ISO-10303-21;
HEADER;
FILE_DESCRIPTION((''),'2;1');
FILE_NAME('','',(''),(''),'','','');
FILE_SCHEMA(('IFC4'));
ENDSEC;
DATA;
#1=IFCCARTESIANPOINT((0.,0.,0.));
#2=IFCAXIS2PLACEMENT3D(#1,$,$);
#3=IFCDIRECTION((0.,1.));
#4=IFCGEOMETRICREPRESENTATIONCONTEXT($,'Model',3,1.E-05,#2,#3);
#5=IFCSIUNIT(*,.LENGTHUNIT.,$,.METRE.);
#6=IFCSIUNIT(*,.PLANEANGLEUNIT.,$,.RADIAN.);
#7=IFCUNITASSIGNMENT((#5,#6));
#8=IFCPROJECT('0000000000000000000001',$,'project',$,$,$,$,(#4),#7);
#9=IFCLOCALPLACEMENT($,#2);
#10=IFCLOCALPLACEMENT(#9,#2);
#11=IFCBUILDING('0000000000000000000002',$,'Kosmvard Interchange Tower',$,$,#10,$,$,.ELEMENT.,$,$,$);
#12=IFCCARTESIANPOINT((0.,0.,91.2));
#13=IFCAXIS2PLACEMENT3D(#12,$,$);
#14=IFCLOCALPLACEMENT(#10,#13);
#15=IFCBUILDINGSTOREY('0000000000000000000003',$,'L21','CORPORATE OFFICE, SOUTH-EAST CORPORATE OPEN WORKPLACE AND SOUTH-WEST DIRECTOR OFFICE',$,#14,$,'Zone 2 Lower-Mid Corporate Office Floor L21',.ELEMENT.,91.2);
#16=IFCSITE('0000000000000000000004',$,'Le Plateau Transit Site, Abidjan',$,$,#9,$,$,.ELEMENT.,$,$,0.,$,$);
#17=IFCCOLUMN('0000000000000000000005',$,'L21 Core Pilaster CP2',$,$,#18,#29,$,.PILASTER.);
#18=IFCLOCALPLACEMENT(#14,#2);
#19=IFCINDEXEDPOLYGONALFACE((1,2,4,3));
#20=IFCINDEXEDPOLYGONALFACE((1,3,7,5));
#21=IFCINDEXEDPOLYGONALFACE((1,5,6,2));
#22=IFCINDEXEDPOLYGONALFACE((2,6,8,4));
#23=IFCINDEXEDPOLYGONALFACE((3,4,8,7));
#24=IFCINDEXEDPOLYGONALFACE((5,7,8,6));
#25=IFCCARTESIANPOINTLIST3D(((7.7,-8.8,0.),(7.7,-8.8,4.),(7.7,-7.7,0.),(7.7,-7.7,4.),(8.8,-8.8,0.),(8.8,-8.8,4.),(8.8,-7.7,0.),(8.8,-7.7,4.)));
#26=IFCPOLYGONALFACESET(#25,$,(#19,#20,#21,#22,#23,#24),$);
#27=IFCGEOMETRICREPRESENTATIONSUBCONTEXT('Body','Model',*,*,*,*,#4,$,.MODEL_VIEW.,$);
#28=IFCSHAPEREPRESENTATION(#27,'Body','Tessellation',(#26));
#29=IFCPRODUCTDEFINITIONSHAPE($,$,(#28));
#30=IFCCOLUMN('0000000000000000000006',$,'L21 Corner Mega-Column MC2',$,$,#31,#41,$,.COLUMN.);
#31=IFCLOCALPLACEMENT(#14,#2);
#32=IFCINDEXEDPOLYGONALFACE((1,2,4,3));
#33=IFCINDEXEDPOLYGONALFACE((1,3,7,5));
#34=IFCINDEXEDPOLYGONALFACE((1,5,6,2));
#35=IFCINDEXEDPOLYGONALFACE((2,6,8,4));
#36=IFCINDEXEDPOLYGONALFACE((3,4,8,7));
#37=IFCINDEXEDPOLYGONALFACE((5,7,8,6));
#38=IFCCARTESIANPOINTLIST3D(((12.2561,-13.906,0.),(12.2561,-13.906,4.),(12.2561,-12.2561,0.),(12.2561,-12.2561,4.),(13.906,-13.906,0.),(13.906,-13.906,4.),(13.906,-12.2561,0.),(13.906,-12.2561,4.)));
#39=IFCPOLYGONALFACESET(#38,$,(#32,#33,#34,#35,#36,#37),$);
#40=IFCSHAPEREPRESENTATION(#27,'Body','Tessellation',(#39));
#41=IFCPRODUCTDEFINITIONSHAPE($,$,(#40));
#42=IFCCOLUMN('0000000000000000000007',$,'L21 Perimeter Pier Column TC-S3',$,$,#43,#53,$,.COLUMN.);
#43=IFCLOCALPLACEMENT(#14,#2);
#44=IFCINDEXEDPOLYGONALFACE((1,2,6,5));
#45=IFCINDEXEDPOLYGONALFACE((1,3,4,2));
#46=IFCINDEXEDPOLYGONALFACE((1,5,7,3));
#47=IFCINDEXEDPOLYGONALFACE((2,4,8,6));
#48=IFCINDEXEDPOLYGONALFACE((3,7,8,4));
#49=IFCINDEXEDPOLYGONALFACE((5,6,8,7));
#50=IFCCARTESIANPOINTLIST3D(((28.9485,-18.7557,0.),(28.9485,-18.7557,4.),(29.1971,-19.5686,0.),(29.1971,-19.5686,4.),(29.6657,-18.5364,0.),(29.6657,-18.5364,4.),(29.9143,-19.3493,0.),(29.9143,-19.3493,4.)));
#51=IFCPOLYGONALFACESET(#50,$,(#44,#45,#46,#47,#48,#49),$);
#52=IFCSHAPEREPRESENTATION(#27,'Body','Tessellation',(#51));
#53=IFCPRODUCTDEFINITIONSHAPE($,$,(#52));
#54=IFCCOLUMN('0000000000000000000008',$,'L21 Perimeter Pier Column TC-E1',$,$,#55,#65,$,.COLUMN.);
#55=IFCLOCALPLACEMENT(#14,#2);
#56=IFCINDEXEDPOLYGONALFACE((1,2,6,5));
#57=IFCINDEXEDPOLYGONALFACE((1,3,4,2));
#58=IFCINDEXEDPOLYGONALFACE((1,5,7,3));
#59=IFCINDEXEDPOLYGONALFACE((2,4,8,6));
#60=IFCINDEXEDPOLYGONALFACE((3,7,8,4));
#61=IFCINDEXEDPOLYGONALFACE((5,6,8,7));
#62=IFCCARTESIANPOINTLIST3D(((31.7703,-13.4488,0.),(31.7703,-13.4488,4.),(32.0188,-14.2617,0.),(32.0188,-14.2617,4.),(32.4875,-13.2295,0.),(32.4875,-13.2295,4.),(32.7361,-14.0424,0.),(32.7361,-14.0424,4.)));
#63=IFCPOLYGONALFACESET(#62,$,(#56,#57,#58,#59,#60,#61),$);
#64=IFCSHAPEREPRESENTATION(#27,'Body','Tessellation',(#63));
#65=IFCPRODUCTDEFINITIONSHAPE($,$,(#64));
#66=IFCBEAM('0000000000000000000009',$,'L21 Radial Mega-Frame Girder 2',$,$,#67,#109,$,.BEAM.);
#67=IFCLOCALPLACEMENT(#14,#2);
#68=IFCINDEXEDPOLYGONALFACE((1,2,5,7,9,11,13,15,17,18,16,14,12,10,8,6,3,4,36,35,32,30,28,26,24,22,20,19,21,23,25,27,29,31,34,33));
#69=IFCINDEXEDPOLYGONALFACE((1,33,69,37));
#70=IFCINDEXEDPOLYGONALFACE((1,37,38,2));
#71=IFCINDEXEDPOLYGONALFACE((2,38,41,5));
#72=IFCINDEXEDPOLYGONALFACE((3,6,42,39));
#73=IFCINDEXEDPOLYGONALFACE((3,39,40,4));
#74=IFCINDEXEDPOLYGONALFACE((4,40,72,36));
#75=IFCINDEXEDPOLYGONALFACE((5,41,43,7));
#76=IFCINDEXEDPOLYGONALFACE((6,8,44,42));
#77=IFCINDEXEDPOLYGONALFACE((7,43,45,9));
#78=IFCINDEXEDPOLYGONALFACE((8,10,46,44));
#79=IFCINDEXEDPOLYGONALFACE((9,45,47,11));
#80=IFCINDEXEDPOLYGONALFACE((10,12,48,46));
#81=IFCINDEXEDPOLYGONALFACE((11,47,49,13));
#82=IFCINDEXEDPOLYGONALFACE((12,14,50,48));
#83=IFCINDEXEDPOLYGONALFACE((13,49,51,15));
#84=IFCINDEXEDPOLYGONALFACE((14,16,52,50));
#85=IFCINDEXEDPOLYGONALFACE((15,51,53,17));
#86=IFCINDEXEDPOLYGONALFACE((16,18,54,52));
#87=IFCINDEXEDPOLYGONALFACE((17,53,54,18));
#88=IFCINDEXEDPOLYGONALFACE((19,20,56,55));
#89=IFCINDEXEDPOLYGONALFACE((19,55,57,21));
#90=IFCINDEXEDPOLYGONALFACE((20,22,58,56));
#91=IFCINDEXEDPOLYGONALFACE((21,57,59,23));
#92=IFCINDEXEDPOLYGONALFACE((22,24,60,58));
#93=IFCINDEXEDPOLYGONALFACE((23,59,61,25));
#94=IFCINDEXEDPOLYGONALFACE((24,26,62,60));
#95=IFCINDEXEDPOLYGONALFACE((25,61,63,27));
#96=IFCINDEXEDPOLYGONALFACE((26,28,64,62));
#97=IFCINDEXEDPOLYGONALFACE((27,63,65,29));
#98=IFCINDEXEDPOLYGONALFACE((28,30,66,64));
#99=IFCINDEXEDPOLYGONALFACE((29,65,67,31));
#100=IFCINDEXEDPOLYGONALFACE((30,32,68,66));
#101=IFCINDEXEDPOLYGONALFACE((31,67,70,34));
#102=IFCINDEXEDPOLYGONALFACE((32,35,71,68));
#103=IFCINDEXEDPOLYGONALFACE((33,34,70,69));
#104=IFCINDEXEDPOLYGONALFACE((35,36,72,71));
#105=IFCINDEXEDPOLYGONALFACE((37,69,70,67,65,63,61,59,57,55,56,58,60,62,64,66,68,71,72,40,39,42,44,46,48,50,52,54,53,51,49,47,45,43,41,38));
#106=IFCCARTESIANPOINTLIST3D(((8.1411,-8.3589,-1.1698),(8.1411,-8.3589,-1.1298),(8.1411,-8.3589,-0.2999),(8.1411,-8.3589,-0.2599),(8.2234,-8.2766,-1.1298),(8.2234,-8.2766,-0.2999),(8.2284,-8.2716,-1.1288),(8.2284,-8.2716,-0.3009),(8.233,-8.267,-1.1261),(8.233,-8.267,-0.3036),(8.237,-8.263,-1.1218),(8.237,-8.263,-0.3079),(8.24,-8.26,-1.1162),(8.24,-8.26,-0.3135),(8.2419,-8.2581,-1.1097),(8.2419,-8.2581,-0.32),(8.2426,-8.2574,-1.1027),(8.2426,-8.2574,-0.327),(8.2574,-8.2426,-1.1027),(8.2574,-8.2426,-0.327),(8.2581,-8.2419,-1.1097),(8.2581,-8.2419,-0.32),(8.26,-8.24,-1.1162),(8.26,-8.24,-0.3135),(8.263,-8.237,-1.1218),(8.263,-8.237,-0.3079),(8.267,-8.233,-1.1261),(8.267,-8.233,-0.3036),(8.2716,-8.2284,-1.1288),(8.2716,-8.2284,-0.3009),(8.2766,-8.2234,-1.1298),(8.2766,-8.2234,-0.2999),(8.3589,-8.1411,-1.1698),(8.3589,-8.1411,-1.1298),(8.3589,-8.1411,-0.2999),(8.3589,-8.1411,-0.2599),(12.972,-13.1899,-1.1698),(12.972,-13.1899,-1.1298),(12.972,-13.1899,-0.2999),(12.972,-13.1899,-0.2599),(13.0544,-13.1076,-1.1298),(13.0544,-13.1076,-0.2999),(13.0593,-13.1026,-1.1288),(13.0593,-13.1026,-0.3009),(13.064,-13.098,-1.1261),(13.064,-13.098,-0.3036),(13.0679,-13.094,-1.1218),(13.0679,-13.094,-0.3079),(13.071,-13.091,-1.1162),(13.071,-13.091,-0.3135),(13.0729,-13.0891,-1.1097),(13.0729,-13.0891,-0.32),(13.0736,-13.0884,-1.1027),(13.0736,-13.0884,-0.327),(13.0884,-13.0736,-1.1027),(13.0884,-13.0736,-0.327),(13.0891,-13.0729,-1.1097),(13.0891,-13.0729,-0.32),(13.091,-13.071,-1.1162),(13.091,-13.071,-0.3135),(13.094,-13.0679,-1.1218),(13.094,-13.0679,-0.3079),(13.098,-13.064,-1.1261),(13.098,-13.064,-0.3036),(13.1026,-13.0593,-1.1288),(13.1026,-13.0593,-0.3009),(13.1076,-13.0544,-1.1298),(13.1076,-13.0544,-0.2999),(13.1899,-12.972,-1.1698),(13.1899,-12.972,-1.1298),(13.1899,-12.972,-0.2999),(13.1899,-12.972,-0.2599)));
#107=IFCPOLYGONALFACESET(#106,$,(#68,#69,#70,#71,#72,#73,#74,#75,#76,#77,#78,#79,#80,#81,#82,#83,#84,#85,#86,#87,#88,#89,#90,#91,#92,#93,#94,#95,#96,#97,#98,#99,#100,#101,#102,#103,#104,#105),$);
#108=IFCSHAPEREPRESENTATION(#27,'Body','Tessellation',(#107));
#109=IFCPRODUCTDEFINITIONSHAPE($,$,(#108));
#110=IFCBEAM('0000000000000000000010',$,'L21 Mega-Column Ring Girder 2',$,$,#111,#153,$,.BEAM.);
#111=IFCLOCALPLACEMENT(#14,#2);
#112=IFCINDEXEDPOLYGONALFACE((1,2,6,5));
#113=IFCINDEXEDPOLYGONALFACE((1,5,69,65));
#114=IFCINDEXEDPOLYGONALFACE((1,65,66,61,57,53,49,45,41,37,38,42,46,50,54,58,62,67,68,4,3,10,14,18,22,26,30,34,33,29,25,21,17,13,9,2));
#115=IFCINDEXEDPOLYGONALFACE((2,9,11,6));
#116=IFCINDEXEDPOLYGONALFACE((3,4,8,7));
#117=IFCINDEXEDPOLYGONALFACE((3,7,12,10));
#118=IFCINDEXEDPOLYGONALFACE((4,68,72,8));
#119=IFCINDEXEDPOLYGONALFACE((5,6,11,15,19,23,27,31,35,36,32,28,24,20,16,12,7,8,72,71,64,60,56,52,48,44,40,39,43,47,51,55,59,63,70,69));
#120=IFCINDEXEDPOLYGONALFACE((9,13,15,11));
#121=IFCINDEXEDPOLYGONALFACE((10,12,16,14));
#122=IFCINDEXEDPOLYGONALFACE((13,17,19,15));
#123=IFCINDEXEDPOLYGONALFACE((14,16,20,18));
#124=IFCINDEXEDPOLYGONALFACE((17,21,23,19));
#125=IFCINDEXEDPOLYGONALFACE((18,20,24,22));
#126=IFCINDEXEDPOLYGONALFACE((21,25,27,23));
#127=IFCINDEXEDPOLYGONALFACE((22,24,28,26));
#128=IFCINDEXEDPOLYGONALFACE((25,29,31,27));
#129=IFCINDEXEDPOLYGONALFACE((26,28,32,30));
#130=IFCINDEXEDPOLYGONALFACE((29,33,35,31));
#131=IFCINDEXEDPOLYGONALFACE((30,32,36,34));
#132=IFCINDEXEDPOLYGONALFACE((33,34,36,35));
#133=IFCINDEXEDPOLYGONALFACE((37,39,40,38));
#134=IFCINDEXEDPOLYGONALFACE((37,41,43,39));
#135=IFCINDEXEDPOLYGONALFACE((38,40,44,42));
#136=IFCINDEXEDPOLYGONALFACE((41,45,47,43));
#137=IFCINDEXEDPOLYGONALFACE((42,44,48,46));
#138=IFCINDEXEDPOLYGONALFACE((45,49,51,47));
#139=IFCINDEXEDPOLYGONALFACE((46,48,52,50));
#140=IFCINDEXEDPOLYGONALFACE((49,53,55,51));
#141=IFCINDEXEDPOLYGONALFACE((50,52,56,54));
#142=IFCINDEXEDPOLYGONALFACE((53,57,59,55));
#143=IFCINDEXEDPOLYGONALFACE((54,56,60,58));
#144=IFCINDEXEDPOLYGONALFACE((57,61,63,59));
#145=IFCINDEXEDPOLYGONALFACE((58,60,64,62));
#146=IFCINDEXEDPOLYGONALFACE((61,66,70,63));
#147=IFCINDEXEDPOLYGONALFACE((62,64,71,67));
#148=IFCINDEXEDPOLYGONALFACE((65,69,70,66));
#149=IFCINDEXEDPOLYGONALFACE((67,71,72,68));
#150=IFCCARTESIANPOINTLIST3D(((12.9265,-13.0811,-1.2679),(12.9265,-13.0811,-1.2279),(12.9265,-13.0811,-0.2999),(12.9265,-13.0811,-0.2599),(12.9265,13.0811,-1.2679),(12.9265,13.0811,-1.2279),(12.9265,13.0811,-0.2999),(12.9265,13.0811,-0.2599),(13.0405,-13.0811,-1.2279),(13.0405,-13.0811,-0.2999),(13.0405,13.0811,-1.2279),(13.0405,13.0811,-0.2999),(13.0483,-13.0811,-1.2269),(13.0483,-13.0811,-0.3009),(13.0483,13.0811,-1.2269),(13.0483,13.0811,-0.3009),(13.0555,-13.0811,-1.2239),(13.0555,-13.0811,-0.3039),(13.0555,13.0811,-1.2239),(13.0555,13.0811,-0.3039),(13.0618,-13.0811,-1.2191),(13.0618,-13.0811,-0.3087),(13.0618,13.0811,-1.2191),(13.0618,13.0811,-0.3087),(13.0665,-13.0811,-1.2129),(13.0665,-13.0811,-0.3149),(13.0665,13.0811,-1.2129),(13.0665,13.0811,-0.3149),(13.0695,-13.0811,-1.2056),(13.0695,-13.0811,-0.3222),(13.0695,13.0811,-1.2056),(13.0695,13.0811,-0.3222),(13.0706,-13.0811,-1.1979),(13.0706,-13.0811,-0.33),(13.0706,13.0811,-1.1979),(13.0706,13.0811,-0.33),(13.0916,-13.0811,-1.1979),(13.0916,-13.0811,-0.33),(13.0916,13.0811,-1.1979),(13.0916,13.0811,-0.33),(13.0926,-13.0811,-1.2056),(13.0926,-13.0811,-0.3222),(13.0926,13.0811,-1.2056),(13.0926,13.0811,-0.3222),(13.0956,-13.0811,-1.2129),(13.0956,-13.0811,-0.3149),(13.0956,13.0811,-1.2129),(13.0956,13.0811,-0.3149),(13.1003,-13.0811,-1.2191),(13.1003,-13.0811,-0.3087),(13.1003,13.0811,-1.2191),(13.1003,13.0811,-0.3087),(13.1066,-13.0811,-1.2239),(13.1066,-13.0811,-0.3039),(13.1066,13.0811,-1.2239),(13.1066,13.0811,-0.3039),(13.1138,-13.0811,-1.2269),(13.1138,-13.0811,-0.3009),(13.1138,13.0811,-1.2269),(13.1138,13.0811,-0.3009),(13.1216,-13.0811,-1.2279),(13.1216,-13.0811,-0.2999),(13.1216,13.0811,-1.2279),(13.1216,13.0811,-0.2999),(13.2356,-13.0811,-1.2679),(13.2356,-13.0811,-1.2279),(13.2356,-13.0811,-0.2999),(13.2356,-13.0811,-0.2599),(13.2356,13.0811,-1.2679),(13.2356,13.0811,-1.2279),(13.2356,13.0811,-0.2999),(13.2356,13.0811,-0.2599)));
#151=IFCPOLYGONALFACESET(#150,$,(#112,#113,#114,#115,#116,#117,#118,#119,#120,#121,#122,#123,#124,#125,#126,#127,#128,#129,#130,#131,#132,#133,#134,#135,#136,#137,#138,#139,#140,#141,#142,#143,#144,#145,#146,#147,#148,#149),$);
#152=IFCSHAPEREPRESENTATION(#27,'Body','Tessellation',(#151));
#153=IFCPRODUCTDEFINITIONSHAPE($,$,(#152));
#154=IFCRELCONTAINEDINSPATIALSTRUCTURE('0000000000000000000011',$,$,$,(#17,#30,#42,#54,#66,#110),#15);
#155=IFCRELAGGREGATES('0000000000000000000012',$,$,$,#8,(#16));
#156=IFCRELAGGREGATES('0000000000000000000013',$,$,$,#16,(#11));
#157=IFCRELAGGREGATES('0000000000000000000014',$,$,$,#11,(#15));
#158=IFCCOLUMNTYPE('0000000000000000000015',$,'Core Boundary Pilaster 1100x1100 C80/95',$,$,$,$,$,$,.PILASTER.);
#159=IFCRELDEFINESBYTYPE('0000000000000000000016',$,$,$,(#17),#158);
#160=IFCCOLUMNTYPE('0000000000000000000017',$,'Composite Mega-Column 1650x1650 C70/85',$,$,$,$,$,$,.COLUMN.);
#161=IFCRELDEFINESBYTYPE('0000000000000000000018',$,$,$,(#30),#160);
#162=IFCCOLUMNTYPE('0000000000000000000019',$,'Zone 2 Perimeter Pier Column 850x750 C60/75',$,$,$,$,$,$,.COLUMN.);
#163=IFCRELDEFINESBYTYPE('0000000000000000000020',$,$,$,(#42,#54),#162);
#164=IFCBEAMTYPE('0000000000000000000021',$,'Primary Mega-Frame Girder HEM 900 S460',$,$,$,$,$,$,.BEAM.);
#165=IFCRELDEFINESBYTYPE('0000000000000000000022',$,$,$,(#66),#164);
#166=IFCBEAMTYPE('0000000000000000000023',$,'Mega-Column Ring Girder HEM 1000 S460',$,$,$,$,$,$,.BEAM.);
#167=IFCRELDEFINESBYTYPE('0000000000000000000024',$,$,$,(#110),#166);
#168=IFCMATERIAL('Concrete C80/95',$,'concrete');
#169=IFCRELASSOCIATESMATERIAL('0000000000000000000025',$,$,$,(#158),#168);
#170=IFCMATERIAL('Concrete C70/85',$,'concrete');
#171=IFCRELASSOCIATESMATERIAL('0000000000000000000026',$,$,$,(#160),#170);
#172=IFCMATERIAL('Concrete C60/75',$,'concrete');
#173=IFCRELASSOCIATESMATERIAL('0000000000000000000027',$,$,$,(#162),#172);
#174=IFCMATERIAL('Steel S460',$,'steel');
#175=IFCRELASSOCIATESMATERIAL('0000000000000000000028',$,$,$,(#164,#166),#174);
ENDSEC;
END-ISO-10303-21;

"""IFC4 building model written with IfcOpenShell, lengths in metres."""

from ifc_helpers import new_model, si_unit, direction, frame, origin, origin_2d, place, context, subcontext, project, spatial, rectangle, i_section, extrude, source, transform, mapped, material, material_profile, profile_set, type_object, element, save


model = new_model("IFC4")

# Units and contexts
model_context = context("Model", 3, precision=1e-05, world=origin(), true_north=direction((0.0, 1.0)))
body_context = subcontext(model_context, "Body", "Model", "MODEL_VIEW")
ifc_project = project(units=[si_unit("LENGTHUNIT", "METRE"), si_unit("PLANEANGLEUNIT", "RADIAN")], contexts=[model_context])

# Site, building, storey
site_placement = place(None, origin())
site = spatial("IfcSite", under=ifc_project, at=site_placement, Name="Le Plateau Transit Site, Abidjan", CompositionType="ELEMENT", RefElevation=0.0)
building_placement = place(site_placement, origin())
building = spatial("IfcBuilding", under=site, at=building_placement, Name="Kosmvard Interchange Tower", CompositionType="ELEMENT")
storey_placement = place(building_placement, frame((0.0, 0.0, 91.2)))
storey = spatial("IfcBuildingStorey", under=building, at=storey_placement, Name="L21", Description="CORPORATE OFFICE, SOUTH-EAST CORPORATE OPEN WORKPLACE AND SOUTH-WEST DIRECTOR OFFICE", LongName="Zone 2 Lower-Mid Corporate Office Floor L21", CompositionType="ELEMENT", Elevation=91.2)

# Columns
ifc_material_1 = material(Name="Concrete C80/95", Category="concrete")
ifc_material_profile_1 = material_profile(ifc_material_1, rectangle(XDim=1.1001, YDim=1.1001, at=origin_2d()), Name="CP 1100x1100")
ifc_profile_set_1 = profile_set([ifc_material_profile_1], Name="Concrete C80/95")
column_type_1 = type_object("IfcColumnType", Name="Core Boundary Pilaster 1100x1100 C80/95", PredefinedType="PILASTER", material=ifc_profile_set_1)
shared_shape_1 = source(origin(), body_context, "Body", "SweptSolid", [
    extrude(rectangle(XDim=1.1001, YDim=1.1001, at=origin_2d()), origin(), (0.0, 0.0, 1.0), 4.0),
])
column_1_placement = place(storey_placement, frame((8.25, -8.25, 0.0), z_axis=(0.0, 0.0, 1.0), x_axis=(1.0, 0.0, 0.0)))
element("IfcColumn", 1, at=column_1_placement, inside=storey, type_object=column_type_1, Name="L21 Core Pilaster CP2", PredefinedType="PILASTER", context=body_context, shape_type="MappedRepresentation", body=[
    mapped(shared_shape_1, transform((0.0, 0.0, 0.0), scale=1.0)),
])
ifc_material_2 = material(Name="Concrete C70/85", Category="concrete")
ifc_material_profile_2 = material_profile(ifc_material_2, rectangle(XDim=1.6499, YDim=1.6499, at=origin_2d()), Name="MC 1650x1650")
ifc_profile_set_2 = profile_set([ifc_material_profile_2], Name="Concrete C70/85")
column_type_2 = type_object("IfcColumnType", Name="Composite Mega-Column 1650x1650 C70/85", PredefinedType="COLUMN", material=ifc_profile_set_2)
shared_shape_2 = source(origin(), body_context, "Body", "SweptSolid", [
    extrude(rectangle(XDim=1.6499, YDim=1.6499, at=origin_2d()), origin(), (0.0, 0.0, 1.0), 4.0),
])
column_2_placement = place(storey_placement, frame((13.0811, -13.0811, 0.0), z_axis=(0.0, 0.0, 1.0), x_axis=(1.0, 0.0, 0.0)))
element("IfcColumn", 2, at=column_2_placement, inside=storey, type_object=column_type_2, Name="L21 Corner Mega-Column MC2", PredefinedType="COLUMN", context=body_context, shape_type="MappedRepresentation", body=[
    mapped(shared_shape_2, transform((0.0, 0.0, 0.0), scale=1.0)),
])
ifc_material_3 = material(Name="Concrete C60/75", Category="concrete")
ifc_material_profile_3 = material_profile(ifc_material_3, rectangle(XDim=0.75, YDim=0.8501, at=origin_2d()), Name="TC 850x750")
ifc_profile_set_3 = profile_set([ifc_material_profile_3], Name="Concrete C60/75")
column_type_3 = type_object("IfcColumnType", Name="Zone 2 Perimeter Pier Column 850x750 C60/75", PredefinedType="COLUMN", material=ifc_profile_set_3)
shared_shape_3 = source(origin(), body_context, "Body", "SweptSolid", [
    extrude(rectangle(XDim=0.75, YDim=0.8501, at=origin_2d()), origin(), (0.0, 0.0, 1.0), 4.0),
])
for number, where, z_axis, x_axis, name in (
    (3, (29.4314, -19.0525, 0.0), (0.0, 0.0, 1.0), (0.956305, 0.292372, 0.0), "L21 Perimeter Pier Column TC-S3"),
    (4, (32.2532, -13.7456, 0.0), (0.0, 0.0, 1.0), (0.956305, 0.292372, 0.0), "L21 Perimeter Pier Column TC-E1"),
):
    element("IfcColumn", number, at=place(storey_placement, frame(where, z_axis=z_axis, x_axis=x_axis)), inside=storey, type_object=column_type_3, Name=name, PredefinedType="COLUMN", context=body_context, shape_type="MappedRepresentation", body=[
        mapped(shared_shape_3, transform((0.0, 0.0, 0.0), scale=1.0)),
    ])

# Beams
ifc_material_4 = material(Name="Steel S460", Category="steel")
ifc_material_profile_4 = material_profile(ifc_material_4, i_section(OverallWidth=0.3081, OverallDepth=0.9099, WebThickness=0.021, FlangeThickness=0.04, FilletRadius=0.0271, at=origin_2d()), Name="HEM 900")
ifc_profile_set_4 = profile_set([ifc_material_profile_4], Name="Steel S460")
beam_type_1 = type_object("IfcBeamType", Name="Primary Mega-Frame Girder HEM 900 S460", PredefinedType="BEAM", material=ifc_profile_set_4)
shared_shape_4 = source(origin(), body_context, "Body", "SweptSolid", [
    extrude(i_section(OverallWidth=0.3081, OverallDepth=0.9099, WebThickness=0.021, FlangeThickness=0.04, FilletRadius=0.0271, at=origin_2d()), origin(), (0.0, 0.0, 1.0), 6.832),
])
beam_1_placement = place(storey_placement, frame((8.25, -8.25, -0.7148), z_axis=(0.707107, -0.707107, 0.0), x_axis=(0.707107, 0.707107, 0.0)))
element("IfcBeam", 5, at=beam_1_placement, inside=storey, type_object=beam_type_1, Name="L21 Radial Mega-Frame Girder 2", PredefinedType="BEAM", context=body_context, shape_type="MappedRepresentation", body=[
    mapped(shared_shape_4, transform((0.0, 0.0, 0.0), scale=1.0)),
])
ifc_material_profile_5 = material_profile(ifc_material_4, i_section(OverallWidth=0.3091, OverallDepth=1.0081, WebThickness=0.021, FlangeThickness=0.04, FilletRadius=0.03, at=origin_2d()), Name="HEM 1000")
ifc_profile_set_5 = profile_set([ifc_material_profile_5], Name="Steel S460")
beam_type_2 = type_object("IfcBeamType", Name="Mega-Column Ring Girder HEM 1000 S460", PredefinedType="BEAM", material=ifc_profile_set_5)
shared_shape_5 = source(origin(), body_context, "Body", "SweptSolid", [
    extrude(i_section(OverallWidth=0.3091, OverallDepth=1.0081, WebThickness=0.021, FlangeThickness=0.04, FilletRadius=0.03, at=origin_2d()), origin(), (0.0, 0.0, 1.0), 26.1621),
])
beam_2_placement = place(storey_placement, frame((13.0811, -13.0811, -0.7639), z_axis=(0.0, 1.0, 0.0), x_axis=(-1.0, 0.0, 0.0)))
element("IfcBeam", 6, at=beam_2_placement, inside=storey, type_object=beam_type_2, Name="L21 Mega-Column Ring Girder 2", PredefinedType="BEAM", context=body_context, shape_type="MappedRepresentation", body=[
    mapped(shared_shape_5, transform((0.0, 0.0, 0.0), scale=1.0)),
])

save(model, "model.ifc")
